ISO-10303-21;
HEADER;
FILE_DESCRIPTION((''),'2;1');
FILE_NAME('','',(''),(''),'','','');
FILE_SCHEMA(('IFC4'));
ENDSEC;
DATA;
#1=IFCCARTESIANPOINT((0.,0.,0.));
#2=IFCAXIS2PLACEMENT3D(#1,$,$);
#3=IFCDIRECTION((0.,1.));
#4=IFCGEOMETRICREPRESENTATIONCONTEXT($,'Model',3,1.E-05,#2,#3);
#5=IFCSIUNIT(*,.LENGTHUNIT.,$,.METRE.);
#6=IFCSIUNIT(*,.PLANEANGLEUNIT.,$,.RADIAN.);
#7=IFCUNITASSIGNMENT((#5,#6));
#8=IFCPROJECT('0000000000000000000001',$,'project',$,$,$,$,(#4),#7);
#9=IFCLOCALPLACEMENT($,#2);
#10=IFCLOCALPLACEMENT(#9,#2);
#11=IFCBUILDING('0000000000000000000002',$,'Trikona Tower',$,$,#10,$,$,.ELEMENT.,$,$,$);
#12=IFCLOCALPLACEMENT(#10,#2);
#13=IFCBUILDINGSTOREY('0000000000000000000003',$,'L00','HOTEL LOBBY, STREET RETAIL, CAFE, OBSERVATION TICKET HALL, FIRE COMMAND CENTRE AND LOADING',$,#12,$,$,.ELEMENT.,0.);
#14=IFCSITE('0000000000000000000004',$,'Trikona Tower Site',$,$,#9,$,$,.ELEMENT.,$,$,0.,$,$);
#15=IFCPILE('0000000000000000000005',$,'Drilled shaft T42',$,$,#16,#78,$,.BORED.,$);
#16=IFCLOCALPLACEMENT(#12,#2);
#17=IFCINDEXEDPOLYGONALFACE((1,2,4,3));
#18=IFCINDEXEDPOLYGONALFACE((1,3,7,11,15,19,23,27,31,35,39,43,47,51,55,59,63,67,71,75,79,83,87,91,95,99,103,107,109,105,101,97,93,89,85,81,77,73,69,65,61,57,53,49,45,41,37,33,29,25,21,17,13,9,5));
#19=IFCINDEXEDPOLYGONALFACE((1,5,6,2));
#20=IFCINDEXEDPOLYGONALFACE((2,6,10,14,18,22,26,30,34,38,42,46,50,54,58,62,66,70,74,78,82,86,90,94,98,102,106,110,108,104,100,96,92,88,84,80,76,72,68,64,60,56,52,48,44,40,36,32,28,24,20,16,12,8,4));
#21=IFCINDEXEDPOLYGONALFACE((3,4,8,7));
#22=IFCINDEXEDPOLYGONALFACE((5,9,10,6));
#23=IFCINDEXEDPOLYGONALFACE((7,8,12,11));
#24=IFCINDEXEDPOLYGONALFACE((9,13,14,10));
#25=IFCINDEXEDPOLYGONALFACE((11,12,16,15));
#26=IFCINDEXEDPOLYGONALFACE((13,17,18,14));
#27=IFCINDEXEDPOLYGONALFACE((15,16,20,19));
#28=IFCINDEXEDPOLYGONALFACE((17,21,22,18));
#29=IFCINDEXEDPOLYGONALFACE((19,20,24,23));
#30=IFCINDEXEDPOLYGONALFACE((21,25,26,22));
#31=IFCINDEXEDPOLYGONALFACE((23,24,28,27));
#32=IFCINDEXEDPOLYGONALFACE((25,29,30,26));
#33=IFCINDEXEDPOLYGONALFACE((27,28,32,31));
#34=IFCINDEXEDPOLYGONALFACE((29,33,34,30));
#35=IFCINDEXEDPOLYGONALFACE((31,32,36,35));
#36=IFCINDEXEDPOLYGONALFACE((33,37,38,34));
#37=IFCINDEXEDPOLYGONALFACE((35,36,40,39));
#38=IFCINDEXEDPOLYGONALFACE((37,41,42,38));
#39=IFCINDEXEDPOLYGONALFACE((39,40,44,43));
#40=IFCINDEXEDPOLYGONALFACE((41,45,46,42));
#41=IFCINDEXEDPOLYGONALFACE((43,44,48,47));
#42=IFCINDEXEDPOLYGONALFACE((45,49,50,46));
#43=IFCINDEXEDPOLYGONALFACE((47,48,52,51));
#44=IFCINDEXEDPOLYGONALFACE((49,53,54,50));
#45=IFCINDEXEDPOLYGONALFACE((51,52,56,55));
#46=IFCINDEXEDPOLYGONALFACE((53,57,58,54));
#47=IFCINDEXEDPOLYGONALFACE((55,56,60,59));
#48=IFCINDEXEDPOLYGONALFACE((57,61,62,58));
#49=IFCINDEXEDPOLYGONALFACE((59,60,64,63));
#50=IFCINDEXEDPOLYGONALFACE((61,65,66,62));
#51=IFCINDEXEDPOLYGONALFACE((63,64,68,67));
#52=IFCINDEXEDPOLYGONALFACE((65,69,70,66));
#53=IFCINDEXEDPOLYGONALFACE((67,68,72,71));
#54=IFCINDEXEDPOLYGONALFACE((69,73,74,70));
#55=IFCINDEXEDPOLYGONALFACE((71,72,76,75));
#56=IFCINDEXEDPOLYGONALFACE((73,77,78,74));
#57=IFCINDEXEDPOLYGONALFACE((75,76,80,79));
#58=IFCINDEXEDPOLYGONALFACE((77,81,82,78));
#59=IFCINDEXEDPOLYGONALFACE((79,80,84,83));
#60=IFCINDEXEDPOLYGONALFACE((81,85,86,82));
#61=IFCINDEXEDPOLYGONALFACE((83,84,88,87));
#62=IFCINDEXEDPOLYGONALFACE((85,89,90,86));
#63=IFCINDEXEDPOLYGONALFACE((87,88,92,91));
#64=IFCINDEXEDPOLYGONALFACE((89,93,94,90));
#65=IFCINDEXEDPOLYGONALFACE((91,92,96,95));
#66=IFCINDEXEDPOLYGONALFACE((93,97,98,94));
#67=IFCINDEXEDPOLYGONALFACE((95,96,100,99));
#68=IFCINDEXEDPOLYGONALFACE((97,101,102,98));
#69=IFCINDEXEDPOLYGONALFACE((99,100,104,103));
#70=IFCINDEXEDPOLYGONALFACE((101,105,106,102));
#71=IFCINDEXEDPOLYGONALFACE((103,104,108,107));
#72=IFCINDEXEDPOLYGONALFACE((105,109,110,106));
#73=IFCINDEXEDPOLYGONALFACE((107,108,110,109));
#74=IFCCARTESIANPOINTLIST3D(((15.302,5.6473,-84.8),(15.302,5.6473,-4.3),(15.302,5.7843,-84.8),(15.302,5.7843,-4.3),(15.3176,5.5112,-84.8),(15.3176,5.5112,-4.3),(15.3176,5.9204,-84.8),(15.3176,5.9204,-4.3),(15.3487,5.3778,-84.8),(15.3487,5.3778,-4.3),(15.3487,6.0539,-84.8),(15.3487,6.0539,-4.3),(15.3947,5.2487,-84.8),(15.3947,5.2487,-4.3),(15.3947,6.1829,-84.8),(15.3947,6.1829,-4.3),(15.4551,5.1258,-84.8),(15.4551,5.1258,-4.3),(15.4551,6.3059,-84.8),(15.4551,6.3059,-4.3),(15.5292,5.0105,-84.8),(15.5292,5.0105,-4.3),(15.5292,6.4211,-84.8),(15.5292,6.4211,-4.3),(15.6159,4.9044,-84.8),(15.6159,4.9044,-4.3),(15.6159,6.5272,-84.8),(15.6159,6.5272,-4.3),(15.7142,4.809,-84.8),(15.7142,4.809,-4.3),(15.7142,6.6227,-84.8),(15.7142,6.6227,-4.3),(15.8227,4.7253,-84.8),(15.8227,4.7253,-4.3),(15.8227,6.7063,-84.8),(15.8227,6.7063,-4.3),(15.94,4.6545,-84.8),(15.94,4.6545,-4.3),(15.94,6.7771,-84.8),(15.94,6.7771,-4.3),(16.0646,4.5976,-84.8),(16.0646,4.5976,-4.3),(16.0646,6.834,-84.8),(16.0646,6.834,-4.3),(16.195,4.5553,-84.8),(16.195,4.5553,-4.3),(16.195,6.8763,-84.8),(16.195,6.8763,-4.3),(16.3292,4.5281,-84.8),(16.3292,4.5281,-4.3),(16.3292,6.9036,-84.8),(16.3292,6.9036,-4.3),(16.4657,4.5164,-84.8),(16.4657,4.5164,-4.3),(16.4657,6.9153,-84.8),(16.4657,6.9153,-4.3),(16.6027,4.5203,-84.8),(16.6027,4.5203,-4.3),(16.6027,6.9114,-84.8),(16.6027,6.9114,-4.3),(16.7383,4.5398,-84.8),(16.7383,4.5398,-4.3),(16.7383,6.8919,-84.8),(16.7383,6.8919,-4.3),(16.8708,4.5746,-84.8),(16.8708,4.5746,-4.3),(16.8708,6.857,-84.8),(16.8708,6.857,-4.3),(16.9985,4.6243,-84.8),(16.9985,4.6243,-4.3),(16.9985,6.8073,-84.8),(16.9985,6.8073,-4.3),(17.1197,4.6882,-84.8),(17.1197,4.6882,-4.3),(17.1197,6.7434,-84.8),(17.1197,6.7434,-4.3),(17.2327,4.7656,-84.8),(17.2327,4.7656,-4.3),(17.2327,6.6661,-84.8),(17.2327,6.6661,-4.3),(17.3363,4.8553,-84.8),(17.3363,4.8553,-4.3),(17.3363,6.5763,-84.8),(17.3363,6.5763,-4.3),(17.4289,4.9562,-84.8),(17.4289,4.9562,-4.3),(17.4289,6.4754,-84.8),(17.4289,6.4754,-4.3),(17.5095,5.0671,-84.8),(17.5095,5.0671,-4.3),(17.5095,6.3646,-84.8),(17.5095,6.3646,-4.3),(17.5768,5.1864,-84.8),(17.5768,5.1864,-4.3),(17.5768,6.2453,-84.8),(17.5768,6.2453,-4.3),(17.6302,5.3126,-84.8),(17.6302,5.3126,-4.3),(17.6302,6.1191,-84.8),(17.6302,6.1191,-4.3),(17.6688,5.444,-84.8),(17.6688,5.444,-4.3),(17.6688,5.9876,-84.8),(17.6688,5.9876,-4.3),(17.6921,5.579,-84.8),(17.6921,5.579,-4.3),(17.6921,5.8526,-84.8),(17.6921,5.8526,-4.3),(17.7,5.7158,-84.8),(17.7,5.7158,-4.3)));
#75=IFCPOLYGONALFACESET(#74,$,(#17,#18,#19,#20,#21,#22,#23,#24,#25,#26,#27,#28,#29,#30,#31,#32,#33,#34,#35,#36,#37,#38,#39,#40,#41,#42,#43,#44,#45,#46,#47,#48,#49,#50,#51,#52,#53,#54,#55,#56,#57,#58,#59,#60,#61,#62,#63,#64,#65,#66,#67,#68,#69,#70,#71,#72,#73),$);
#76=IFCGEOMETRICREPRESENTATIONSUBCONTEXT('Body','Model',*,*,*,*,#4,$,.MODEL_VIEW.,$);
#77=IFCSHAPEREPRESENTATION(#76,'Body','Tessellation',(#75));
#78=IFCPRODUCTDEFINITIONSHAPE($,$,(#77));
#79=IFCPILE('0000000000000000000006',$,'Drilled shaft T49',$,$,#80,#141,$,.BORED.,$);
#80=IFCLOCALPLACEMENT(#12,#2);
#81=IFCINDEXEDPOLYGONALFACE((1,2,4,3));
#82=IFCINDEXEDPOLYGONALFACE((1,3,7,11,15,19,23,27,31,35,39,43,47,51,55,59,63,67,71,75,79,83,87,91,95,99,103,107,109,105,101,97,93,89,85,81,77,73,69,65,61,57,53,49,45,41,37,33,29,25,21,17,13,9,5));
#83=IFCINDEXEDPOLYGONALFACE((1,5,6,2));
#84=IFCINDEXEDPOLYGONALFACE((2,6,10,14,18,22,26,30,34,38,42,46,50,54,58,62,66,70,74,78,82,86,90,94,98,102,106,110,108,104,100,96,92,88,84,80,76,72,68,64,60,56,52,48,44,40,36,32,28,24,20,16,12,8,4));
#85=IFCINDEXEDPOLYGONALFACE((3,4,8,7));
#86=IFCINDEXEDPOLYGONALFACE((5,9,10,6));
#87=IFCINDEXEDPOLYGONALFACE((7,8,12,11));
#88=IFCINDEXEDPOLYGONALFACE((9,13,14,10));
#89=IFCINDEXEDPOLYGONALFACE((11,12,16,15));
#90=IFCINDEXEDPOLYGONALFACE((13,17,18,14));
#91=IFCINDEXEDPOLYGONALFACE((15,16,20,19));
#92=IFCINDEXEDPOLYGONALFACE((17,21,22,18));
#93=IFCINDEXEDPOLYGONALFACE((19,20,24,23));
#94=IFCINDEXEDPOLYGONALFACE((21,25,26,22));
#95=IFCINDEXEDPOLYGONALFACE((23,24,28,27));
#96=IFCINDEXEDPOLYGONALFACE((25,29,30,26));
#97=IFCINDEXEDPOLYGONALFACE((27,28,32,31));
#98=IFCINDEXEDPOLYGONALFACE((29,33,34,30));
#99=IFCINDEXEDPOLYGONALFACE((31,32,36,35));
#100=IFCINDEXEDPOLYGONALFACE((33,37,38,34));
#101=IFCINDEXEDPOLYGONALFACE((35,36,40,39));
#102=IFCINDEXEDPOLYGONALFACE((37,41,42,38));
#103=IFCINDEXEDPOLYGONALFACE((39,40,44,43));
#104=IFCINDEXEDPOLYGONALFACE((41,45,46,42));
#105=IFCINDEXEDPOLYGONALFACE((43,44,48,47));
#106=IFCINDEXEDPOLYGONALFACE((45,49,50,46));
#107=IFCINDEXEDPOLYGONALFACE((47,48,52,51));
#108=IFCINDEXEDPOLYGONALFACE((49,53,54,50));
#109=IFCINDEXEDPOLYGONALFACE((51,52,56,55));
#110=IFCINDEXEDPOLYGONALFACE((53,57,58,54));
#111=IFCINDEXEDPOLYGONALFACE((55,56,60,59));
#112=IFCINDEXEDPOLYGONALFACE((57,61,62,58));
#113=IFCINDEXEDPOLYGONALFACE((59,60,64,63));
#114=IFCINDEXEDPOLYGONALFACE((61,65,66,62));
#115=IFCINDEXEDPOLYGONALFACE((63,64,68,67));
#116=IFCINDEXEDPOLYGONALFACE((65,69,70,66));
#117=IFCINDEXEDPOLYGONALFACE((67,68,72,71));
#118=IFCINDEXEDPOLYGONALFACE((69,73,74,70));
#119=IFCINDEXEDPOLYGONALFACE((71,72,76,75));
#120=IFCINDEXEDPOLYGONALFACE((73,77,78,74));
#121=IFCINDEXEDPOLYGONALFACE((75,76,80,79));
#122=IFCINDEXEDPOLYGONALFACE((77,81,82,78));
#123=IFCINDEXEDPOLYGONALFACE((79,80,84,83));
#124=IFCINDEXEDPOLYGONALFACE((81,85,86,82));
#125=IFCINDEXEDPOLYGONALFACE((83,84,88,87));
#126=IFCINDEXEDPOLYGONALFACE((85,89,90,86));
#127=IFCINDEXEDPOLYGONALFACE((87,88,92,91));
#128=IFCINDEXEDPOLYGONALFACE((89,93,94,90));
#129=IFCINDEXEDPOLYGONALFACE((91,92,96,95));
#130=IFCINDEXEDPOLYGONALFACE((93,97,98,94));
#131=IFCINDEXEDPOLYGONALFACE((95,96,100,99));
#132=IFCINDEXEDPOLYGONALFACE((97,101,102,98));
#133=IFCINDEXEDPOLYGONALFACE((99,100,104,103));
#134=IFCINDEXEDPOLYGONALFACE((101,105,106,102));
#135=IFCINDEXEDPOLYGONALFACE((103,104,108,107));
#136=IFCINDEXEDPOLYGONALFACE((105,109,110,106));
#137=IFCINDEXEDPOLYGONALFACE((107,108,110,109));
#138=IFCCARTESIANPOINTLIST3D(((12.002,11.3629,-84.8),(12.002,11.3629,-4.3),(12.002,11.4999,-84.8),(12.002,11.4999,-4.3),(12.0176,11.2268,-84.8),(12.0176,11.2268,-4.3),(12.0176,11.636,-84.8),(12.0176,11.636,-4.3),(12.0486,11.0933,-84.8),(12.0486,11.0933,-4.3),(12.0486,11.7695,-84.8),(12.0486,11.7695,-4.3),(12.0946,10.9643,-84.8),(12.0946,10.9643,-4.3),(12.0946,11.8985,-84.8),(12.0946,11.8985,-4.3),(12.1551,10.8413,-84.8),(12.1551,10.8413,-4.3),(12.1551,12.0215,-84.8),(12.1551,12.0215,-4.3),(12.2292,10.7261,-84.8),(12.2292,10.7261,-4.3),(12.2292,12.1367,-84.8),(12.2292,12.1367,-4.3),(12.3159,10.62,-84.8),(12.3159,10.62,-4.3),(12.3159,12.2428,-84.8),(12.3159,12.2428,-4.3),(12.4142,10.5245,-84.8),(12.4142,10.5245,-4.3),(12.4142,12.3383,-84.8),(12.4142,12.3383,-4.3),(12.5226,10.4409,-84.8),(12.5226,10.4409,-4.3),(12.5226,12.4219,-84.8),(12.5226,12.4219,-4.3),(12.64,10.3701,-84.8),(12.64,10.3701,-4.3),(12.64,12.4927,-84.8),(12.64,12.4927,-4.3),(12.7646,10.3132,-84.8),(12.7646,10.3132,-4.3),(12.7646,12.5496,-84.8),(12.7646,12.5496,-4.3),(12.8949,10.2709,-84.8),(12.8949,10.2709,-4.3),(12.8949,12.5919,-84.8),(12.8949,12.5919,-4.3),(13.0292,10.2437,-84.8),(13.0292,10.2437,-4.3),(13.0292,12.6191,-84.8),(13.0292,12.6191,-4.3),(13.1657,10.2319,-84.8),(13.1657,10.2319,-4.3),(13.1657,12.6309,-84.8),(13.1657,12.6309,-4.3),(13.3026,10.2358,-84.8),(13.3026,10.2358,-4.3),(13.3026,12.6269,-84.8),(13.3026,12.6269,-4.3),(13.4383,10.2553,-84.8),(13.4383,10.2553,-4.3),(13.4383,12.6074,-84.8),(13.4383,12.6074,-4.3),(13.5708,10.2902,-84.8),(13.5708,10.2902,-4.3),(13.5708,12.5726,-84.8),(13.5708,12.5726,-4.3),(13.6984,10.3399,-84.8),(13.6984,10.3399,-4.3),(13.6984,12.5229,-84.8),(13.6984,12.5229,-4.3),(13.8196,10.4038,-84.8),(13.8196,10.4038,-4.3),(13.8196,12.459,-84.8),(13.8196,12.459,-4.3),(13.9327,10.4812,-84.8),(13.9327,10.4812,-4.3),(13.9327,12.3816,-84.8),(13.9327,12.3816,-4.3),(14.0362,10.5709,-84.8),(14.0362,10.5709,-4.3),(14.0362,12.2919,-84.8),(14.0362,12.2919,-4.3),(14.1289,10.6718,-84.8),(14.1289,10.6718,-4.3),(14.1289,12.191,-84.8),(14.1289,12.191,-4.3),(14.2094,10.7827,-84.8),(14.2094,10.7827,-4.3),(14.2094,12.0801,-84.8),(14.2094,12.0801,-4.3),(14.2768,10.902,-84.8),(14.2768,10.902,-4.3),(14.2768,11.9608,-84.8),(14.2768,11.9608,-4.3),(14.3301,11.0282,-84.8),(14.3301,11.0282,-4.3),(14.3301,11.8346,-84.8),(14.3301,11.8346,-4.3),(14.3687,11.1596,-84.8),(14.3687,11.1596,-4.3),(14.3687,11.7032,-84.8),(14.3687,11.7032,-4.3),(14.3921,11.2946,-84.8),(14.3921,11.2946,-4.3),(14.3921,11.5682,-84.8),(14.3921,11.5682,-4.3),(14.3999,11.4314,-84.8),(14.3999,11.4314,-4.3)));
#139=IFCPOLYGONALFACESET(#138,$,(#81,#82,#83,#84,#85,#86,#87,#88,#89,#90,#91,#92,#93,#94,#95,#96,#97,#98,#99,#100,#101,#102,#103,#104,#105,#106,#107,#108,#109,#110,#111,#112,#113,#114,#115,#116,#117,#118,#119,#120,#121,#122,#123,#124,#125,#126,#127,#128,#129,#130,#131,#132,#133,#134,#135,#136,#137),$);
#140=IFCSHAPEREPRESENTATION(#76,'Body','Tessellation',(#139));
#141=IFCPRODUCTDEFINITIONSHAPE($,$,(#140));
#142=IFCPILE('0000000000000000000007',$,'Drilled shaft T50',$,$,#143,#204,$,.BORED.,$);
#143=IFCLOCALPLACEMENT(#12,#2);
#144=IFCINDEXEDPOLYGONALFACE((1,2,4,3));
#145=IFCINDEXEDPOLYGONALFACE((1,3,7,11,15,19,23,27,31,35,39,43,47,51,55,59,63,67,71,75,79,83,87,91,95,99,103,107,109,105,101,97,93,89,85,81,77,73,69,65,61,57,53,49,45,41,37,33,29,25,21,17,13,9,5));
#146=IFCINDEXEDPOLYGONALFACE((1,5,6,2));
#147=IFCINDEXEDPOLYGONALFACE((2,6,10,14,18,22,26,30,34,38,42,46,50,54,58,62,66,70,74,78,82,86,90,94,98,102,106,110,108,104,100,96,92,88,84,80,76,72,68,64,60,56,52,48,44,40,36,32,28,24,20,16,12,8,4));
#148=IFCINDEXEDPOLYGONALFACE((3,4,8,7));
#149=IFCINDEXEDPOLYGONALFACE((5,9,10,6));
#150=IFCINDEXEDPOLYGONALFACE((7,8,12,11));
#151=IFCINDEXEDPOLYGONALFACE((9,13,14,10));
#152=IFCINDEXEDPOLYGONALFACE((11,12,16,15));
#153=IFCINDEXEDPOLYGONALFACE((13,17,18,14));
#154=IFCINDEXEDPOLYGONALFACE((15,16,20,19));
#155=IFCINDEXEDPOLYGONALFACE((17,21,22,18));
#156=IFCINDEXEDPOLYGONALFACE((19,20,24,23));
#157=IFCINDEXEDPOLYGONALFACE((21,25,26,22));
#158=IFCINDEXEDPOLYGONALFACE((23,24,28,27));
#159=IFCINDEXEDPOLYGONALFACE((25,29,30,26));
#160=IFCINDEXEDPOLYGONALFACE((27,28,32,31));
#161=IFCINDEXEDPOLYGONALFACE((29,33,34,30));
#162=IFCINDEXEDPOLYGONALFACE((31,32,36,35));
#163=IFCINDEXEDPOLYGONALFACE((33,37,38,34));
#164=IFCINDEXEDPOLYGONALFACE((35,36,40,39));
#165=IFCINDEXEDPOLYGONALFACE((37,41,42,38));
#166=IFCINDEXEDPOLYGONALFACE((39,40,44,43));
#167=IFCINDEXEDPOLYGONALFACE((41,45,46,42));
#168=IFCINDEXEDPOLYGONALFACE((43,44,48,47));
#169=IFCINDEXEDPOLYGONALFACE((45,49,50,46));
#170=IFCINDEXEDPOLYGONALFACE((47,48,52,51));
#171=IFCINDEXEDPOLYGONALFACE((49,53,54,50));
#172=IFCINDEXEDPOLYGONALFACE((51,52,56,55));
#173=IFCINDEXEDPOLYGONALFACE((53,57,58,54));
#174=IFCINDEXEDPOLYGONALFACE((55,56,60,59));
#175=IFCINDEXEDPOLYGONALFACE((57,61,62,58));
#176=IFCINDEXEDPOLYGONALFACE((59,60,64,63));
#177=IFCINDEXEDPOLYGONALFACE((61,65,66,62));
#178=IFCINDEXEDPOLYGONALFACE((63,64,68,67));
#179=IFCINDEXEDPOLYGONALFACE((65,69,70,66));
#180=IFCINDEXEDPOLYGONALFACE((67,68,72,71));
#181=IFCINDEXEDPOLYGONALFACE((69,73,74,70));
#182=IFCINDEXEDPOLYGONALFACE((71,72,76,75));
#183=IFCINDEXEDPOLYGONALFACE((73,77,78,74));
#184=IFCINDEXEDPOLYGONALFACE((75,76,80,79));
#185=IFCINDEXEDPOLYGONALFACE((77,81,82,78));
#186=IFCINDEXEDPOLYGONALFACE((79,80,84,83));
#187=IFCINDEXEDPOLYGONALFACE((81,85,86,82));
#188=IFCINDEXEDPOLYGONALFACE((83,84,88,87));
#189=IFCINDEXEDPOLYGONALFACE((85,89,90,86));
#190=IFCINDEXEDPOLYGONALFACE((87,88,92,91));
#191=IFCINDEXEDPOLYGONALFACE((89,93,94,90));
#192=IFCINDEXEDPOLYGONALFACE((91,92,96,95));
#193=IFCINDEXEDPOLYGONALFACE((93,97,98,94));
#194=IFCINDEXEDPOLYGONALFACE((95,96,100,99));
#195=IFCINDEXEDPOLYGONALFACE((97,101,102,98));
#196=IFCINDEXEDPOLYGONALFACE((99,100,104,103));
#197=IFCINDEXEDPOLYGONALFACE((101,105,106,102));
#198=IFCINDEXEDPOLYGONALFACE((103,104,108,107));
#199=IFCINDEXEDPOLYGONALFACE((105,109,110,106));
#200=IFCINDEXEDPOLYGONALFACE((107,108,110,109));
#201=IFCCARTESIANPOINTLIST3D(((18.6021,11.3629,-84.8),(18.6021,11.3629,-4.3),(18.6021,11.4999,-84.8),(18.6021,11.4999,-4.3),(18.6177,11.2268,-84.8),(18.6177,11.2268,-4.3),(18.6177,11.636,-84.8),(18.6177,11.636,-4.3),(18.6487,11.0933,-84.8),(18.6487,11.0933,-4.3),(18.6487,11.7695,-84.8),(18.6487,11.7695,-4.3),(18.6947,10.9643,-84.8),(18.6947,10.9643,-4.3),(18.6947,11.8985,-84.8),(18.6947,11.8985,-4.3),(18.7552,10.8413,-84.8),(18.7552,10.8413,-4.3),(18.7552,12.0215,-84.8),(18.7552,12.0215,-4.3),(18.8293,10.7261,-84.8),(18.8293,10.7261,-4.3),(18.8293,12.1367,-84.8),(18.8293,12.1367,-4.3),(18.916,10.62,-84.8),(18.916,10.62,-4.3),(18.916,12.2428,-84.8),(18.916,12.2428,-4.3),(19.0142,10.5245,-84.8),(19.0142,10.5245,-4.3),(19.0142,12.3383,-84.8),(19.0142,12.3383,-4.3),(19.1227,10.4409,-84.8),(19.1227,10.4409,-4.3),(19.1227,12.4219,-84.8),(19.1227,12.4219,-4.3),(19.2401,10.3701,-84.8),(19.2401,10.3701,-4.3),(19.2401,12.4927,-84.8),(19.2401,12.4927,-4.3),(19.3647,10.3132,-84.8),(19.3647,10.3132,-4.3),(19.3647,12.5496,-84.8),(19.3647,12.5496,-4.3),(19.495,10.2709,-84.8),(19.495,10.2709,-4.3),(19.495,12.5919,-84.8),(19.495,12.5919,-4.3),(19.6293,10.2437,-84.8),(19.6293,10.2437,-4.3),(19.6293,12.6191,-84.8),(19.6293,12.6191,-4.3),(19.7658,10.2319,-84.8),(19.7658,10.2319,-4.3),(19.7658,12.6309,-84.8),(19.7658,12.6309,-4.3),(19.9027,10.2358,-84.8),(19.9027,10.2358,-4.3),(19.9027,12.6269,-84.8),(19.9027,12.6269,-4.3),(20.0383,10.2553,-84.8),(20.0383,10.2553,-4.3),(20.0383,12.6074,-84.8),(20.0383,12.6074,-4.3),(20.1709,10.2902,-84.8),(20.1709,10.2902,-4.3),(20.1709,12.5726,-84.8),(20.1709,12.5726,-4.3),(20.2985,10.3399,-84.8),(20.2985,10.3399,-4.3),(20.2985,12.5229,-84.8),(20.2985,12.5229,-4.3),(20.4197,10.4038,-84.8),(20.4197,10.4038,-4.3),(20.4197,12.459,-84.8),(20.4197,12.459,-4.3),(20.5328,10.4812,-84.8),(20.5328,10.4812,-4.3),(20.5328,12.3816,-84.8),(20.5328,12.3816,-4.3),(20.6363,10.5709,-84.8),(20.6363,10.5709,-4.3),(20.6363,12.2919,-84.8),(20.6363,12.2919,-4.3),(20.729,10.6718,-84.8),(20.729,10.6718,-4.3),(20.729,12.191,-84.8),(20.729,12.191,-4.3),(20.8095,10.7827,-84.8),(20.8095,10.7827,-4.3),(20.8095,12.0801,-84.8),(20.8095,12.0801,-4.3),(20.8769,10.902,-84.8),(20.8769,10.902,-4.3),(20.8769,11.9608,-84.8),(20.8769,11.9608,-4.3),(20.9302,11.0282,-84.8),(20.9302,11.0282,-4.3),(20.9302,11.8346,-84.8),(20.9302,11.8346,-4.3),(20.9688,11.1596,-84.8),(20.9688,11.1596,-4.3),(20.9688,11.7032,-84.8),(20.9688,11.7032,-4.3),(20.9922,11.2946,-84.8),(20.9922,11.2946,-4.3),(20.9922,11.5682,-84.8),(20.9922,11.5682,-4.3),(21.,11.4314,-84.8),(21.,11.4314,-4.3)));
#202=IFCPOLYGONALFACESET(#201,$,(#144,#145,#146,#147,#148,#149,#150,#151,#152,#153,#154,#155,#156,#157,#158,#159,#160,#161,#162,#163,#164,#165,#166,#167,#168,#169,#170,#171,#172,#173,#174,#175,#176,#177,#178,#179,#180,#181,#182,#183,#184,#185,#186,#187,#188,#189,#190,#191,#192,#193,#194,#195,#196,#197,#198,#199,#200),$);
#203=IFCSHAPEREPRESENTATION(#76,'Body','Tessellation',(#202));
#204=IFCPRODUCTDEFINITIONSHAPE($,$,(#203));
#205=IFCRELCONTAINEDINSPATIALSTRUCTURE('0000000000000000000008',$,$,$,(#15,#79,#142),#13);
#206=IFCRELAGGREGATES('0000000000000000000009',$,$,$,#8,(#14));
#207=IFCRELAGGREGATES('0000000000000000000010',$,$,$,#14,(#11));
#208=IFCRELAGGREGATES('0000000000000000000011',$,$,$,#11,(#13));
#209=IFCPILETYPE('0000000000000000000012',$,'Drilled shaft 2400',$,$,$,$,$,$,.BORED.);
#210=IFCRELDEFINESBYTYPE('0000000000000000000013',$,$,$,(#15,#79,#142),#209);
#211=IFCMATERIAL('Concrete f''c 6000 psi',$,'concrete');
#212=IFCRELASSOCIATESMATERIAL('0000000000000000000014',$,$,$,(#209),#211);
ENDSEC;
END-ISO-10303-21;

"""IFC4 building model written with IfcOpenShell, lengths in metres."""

from ifc_helpers import new_model, si_unit, direction, frame, origin, origin_2d, place, context, subcontext, project, spatial, circle, extrude, material, type_object, element, save


model = new_model("IFC4")

# Units and contexts
model_context = context("Model", 3, precision=1e-05, world=origin(), true_north=direction((0.0, 1.0)))
body_context = subcontext(model_context, "Body", "Model", "MODEL_VIEW")
ifc_project = project(units=[si_unit("LENGTHUNIT", "METRE"), si_unit("PLANEANGLEUNIT", "RADIAN")], contexts=[model_context])

# Site, building, storey
site_placement = place(None, origin())
site = spatial("IfcSite", under=ifc_project, at=site_placement, Name="Trikona Tower Site", CompositionType="ELEMENT", RefElevation=0.0)
building_placement = place(site_placement, origin())
building = spatial("IfcBuilding", under=site, at=building_placement, Name="Trikona Tower", CompositionType="ELEMENT")
storey_placement = place(building_placement, origin())
storey = spatial("IfcBuildingStorey", under=building, at=storey_placement, Name="L00", Description="HOTEL LOBBY, STREET RETAIL, CAFE, OBSERVATION TICKET HALL, FIRE COMMAND CENTRE AND LOADING", CompositionType="ELEMENT", Elevation=0.0)

# Piles
ifc_material_1 = material(Name="Concrete f'c 6000 psi", Category="concrete")
pile_type = type_object("IfcPileType", Name="Drilled shaft 2400", PredefinedType="BORED", material=ifc_material_1)
for number, where, z_axis, x_axis, name in (
    (1, (16.5, 5.7158, -4.3), (0.0, 0.0, -1.0), (1.0, 0.0, 0.0), "Drilled shaft T42"),
    (2, (13.2, 11.4314, -4.3), (0.0, 0.0, -1.0), (1.0, 0.0, 0.0), "Drilled shaft T49"),
    (3, (19.8, 11.4314, -4.3), (0.0, 0.0, -1.0), (1.0, 0.0, 0.0), "Drilled shaft T50"),
):
    element("IfcPile", number, at=place(storey_placement, frame(where, z_axis=z_axis, x_axis=x_axis)), inside=storey, type_object=pile_type, Name=name, PredefinedType="BORED", context=body_context, shape_type="SweptSolid", body=[
        extrude(circle(Radius=1.2, at=origin_2d()), origin(), (0.0, 0.0, 1.0), 80.5),
    ])

save(model, "model.ifc")
